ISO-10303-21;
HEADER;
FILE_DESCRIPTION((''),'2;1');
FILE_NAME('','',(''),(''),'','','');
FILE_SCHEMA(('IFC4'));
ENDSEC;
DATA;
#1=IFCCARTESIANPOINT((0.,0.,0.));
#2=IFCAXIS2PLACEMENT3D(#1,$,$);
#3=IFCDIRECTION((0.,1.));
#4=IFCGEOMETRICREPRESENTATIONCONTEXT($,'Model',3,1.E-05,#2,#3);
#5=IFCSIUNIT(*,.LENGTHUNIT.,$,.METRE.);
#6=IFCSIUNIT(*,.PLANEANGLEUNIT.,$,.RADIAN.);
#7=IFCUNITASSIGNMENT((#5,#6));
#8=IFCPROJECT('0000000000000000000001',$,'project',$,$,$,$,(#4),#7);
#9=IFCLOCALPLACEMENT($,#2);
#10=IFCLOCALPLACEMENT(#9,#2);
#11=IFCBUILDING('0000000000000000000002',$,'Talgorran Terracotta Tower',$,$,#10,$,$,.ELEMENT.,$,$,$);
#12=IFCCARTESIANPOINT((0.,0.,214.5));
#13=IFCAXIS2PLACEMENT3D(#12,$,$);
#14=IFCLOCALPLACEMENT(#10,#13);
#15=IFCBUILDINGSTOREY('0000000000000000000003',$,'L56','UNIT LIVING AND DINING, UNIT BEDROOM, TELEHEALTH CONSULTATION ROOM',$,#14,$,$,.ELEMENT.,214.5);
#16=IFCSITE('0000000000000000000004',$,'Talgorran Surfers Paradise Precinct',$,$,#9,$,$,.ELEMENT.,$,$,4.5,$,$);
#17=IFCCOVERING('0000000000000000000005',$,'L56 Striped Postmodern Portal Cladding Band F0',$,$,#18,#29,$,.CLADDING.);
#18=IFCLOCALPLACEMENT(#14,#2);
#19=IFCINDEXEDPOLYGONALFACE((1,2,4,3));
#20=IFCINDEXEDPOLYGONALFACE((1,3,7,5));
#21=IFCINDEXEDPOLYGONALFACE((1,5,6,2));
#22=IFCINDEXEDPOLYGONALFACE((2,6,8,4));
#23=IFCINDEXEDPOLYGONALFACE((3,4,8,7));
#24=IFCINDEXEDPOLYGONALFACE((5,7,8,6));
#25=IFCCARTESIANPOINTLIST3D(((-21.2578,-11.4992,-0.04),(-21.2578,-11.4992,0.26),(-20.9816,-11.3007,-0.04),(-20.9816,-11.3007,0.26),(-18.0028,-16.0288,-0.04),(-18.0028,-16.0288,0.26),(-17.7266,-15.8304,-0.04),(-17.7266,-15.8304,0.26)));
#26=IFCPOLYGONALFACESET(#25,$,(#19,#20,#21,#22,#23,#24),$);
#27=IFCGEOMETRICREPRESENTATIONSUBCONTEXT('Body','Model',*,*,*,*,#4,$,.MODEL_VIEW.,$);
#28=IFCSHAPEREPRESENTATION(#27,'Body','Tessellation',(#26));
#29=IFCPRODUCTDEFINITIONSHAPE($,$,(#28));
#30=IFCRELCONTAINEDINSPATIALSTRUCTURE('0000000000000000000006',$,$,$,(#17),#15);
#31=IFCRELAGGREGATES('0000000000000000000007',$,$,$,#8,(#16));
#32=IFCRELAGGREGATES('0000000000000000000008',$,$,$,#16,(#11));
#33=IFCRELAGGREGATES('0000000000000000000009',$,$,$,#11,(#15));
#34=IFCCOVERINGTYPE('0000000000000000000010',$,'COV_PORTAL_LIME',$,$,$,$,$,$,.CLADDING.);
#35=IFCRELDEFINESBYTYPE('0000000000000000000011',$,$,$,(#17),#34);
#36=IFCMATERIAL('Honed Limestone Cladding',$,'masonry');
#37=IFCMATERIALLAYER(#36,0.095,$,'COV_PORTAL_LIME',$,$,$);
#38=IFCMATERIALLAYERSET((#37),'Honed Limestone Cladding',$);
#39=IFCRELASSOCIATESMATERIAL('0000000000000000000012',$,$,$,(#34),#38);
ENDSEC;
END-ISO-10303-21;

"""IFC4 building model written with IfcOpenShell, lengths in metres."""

from ifc_helpers import new_model, si_unit, direction, frame, origin, origin_2d, place, context, subcontext, project, spatial, rectangle, extrude, material, layer, layer_set, type_object, element, save


model = new_model("IFC4")

# Units and contexts
model_context = context("Model", 3, precision=1e-05, world=origin(), true_north=direction((0.0, 1.0)))
body_context = subcontext(model_context, "Body", "Model", "MODEL_VIEW")
ifc_project = project(units=[si_unit("LENGTHUNIT", "METRE"), si_unit("PLANEANGLEUNIT", "RADIAN")], contexts=[model_context])

# Site, building, storey
site_placement = place(None, origin())
site = spatial("IfcSite", under=ifc_project, at=site_placement, Name="Talgorran Surfers Paradise Precinct", CompositionType="ELEMENT", RefElevation=4.5)
building_placement = place(site_placement, origin())
building = spatial("IfcBuilding", under=site, at=building_placement, Name="Talgorran Terracotta Tower", CompositionType="ELEMENT")
storey_placement = place(building_placement, frame((0.0, 0.0, 214.5)))
storey = spatial("IfcBuildingStorey", under=building, at=storey_placement, Name="L56", Description="UNIT LIVING AND DINING, UNIT BEDROOM, TELEHEALTH CONSULTATION ROOM", CompositionType="ELEMENT", Elevation=214.5)

# Covering
ifc_material_1 = material(Name="Honed Limestone Cladding", Category="masonry")
ifc_layer_1 = layer(ifc_material_1, 0.095, Name="COV_PORTAL_LIME")
ifc_layer_set_1 = layer_set([ifc_layer_1], Name="Honed Limestone Cladding")
covering_type_1 = type_object("IfcCoveringType", Name="COV_PORTAL_LIME", PredefinedType="CLADDING", material=ifc_layer_set_1)
covering_1_placement = place(storey_placement, frame((-19.4922, -13.6648, -0.04), z_axis=(0.0, 0.0, 1.0), x_axis=(0.583555, -0.812073, 0.0)))
element("IfcCovering", 1, at=covering_1_placement, inside=storey, type_object=covering_type_1, Name="L56 Striped Postmodern Portal Cladding Band F0", PredefinedType="CLADDING", context=body_context, shape_type="SweptSolid", body=[
    extrude(rectangle(XDim=5.5779, YDim=0.3401, at=origin_2d()), origin(), (0.0, 0.0, 1.0), 0.3),
])

save(model, "model.ifc")
